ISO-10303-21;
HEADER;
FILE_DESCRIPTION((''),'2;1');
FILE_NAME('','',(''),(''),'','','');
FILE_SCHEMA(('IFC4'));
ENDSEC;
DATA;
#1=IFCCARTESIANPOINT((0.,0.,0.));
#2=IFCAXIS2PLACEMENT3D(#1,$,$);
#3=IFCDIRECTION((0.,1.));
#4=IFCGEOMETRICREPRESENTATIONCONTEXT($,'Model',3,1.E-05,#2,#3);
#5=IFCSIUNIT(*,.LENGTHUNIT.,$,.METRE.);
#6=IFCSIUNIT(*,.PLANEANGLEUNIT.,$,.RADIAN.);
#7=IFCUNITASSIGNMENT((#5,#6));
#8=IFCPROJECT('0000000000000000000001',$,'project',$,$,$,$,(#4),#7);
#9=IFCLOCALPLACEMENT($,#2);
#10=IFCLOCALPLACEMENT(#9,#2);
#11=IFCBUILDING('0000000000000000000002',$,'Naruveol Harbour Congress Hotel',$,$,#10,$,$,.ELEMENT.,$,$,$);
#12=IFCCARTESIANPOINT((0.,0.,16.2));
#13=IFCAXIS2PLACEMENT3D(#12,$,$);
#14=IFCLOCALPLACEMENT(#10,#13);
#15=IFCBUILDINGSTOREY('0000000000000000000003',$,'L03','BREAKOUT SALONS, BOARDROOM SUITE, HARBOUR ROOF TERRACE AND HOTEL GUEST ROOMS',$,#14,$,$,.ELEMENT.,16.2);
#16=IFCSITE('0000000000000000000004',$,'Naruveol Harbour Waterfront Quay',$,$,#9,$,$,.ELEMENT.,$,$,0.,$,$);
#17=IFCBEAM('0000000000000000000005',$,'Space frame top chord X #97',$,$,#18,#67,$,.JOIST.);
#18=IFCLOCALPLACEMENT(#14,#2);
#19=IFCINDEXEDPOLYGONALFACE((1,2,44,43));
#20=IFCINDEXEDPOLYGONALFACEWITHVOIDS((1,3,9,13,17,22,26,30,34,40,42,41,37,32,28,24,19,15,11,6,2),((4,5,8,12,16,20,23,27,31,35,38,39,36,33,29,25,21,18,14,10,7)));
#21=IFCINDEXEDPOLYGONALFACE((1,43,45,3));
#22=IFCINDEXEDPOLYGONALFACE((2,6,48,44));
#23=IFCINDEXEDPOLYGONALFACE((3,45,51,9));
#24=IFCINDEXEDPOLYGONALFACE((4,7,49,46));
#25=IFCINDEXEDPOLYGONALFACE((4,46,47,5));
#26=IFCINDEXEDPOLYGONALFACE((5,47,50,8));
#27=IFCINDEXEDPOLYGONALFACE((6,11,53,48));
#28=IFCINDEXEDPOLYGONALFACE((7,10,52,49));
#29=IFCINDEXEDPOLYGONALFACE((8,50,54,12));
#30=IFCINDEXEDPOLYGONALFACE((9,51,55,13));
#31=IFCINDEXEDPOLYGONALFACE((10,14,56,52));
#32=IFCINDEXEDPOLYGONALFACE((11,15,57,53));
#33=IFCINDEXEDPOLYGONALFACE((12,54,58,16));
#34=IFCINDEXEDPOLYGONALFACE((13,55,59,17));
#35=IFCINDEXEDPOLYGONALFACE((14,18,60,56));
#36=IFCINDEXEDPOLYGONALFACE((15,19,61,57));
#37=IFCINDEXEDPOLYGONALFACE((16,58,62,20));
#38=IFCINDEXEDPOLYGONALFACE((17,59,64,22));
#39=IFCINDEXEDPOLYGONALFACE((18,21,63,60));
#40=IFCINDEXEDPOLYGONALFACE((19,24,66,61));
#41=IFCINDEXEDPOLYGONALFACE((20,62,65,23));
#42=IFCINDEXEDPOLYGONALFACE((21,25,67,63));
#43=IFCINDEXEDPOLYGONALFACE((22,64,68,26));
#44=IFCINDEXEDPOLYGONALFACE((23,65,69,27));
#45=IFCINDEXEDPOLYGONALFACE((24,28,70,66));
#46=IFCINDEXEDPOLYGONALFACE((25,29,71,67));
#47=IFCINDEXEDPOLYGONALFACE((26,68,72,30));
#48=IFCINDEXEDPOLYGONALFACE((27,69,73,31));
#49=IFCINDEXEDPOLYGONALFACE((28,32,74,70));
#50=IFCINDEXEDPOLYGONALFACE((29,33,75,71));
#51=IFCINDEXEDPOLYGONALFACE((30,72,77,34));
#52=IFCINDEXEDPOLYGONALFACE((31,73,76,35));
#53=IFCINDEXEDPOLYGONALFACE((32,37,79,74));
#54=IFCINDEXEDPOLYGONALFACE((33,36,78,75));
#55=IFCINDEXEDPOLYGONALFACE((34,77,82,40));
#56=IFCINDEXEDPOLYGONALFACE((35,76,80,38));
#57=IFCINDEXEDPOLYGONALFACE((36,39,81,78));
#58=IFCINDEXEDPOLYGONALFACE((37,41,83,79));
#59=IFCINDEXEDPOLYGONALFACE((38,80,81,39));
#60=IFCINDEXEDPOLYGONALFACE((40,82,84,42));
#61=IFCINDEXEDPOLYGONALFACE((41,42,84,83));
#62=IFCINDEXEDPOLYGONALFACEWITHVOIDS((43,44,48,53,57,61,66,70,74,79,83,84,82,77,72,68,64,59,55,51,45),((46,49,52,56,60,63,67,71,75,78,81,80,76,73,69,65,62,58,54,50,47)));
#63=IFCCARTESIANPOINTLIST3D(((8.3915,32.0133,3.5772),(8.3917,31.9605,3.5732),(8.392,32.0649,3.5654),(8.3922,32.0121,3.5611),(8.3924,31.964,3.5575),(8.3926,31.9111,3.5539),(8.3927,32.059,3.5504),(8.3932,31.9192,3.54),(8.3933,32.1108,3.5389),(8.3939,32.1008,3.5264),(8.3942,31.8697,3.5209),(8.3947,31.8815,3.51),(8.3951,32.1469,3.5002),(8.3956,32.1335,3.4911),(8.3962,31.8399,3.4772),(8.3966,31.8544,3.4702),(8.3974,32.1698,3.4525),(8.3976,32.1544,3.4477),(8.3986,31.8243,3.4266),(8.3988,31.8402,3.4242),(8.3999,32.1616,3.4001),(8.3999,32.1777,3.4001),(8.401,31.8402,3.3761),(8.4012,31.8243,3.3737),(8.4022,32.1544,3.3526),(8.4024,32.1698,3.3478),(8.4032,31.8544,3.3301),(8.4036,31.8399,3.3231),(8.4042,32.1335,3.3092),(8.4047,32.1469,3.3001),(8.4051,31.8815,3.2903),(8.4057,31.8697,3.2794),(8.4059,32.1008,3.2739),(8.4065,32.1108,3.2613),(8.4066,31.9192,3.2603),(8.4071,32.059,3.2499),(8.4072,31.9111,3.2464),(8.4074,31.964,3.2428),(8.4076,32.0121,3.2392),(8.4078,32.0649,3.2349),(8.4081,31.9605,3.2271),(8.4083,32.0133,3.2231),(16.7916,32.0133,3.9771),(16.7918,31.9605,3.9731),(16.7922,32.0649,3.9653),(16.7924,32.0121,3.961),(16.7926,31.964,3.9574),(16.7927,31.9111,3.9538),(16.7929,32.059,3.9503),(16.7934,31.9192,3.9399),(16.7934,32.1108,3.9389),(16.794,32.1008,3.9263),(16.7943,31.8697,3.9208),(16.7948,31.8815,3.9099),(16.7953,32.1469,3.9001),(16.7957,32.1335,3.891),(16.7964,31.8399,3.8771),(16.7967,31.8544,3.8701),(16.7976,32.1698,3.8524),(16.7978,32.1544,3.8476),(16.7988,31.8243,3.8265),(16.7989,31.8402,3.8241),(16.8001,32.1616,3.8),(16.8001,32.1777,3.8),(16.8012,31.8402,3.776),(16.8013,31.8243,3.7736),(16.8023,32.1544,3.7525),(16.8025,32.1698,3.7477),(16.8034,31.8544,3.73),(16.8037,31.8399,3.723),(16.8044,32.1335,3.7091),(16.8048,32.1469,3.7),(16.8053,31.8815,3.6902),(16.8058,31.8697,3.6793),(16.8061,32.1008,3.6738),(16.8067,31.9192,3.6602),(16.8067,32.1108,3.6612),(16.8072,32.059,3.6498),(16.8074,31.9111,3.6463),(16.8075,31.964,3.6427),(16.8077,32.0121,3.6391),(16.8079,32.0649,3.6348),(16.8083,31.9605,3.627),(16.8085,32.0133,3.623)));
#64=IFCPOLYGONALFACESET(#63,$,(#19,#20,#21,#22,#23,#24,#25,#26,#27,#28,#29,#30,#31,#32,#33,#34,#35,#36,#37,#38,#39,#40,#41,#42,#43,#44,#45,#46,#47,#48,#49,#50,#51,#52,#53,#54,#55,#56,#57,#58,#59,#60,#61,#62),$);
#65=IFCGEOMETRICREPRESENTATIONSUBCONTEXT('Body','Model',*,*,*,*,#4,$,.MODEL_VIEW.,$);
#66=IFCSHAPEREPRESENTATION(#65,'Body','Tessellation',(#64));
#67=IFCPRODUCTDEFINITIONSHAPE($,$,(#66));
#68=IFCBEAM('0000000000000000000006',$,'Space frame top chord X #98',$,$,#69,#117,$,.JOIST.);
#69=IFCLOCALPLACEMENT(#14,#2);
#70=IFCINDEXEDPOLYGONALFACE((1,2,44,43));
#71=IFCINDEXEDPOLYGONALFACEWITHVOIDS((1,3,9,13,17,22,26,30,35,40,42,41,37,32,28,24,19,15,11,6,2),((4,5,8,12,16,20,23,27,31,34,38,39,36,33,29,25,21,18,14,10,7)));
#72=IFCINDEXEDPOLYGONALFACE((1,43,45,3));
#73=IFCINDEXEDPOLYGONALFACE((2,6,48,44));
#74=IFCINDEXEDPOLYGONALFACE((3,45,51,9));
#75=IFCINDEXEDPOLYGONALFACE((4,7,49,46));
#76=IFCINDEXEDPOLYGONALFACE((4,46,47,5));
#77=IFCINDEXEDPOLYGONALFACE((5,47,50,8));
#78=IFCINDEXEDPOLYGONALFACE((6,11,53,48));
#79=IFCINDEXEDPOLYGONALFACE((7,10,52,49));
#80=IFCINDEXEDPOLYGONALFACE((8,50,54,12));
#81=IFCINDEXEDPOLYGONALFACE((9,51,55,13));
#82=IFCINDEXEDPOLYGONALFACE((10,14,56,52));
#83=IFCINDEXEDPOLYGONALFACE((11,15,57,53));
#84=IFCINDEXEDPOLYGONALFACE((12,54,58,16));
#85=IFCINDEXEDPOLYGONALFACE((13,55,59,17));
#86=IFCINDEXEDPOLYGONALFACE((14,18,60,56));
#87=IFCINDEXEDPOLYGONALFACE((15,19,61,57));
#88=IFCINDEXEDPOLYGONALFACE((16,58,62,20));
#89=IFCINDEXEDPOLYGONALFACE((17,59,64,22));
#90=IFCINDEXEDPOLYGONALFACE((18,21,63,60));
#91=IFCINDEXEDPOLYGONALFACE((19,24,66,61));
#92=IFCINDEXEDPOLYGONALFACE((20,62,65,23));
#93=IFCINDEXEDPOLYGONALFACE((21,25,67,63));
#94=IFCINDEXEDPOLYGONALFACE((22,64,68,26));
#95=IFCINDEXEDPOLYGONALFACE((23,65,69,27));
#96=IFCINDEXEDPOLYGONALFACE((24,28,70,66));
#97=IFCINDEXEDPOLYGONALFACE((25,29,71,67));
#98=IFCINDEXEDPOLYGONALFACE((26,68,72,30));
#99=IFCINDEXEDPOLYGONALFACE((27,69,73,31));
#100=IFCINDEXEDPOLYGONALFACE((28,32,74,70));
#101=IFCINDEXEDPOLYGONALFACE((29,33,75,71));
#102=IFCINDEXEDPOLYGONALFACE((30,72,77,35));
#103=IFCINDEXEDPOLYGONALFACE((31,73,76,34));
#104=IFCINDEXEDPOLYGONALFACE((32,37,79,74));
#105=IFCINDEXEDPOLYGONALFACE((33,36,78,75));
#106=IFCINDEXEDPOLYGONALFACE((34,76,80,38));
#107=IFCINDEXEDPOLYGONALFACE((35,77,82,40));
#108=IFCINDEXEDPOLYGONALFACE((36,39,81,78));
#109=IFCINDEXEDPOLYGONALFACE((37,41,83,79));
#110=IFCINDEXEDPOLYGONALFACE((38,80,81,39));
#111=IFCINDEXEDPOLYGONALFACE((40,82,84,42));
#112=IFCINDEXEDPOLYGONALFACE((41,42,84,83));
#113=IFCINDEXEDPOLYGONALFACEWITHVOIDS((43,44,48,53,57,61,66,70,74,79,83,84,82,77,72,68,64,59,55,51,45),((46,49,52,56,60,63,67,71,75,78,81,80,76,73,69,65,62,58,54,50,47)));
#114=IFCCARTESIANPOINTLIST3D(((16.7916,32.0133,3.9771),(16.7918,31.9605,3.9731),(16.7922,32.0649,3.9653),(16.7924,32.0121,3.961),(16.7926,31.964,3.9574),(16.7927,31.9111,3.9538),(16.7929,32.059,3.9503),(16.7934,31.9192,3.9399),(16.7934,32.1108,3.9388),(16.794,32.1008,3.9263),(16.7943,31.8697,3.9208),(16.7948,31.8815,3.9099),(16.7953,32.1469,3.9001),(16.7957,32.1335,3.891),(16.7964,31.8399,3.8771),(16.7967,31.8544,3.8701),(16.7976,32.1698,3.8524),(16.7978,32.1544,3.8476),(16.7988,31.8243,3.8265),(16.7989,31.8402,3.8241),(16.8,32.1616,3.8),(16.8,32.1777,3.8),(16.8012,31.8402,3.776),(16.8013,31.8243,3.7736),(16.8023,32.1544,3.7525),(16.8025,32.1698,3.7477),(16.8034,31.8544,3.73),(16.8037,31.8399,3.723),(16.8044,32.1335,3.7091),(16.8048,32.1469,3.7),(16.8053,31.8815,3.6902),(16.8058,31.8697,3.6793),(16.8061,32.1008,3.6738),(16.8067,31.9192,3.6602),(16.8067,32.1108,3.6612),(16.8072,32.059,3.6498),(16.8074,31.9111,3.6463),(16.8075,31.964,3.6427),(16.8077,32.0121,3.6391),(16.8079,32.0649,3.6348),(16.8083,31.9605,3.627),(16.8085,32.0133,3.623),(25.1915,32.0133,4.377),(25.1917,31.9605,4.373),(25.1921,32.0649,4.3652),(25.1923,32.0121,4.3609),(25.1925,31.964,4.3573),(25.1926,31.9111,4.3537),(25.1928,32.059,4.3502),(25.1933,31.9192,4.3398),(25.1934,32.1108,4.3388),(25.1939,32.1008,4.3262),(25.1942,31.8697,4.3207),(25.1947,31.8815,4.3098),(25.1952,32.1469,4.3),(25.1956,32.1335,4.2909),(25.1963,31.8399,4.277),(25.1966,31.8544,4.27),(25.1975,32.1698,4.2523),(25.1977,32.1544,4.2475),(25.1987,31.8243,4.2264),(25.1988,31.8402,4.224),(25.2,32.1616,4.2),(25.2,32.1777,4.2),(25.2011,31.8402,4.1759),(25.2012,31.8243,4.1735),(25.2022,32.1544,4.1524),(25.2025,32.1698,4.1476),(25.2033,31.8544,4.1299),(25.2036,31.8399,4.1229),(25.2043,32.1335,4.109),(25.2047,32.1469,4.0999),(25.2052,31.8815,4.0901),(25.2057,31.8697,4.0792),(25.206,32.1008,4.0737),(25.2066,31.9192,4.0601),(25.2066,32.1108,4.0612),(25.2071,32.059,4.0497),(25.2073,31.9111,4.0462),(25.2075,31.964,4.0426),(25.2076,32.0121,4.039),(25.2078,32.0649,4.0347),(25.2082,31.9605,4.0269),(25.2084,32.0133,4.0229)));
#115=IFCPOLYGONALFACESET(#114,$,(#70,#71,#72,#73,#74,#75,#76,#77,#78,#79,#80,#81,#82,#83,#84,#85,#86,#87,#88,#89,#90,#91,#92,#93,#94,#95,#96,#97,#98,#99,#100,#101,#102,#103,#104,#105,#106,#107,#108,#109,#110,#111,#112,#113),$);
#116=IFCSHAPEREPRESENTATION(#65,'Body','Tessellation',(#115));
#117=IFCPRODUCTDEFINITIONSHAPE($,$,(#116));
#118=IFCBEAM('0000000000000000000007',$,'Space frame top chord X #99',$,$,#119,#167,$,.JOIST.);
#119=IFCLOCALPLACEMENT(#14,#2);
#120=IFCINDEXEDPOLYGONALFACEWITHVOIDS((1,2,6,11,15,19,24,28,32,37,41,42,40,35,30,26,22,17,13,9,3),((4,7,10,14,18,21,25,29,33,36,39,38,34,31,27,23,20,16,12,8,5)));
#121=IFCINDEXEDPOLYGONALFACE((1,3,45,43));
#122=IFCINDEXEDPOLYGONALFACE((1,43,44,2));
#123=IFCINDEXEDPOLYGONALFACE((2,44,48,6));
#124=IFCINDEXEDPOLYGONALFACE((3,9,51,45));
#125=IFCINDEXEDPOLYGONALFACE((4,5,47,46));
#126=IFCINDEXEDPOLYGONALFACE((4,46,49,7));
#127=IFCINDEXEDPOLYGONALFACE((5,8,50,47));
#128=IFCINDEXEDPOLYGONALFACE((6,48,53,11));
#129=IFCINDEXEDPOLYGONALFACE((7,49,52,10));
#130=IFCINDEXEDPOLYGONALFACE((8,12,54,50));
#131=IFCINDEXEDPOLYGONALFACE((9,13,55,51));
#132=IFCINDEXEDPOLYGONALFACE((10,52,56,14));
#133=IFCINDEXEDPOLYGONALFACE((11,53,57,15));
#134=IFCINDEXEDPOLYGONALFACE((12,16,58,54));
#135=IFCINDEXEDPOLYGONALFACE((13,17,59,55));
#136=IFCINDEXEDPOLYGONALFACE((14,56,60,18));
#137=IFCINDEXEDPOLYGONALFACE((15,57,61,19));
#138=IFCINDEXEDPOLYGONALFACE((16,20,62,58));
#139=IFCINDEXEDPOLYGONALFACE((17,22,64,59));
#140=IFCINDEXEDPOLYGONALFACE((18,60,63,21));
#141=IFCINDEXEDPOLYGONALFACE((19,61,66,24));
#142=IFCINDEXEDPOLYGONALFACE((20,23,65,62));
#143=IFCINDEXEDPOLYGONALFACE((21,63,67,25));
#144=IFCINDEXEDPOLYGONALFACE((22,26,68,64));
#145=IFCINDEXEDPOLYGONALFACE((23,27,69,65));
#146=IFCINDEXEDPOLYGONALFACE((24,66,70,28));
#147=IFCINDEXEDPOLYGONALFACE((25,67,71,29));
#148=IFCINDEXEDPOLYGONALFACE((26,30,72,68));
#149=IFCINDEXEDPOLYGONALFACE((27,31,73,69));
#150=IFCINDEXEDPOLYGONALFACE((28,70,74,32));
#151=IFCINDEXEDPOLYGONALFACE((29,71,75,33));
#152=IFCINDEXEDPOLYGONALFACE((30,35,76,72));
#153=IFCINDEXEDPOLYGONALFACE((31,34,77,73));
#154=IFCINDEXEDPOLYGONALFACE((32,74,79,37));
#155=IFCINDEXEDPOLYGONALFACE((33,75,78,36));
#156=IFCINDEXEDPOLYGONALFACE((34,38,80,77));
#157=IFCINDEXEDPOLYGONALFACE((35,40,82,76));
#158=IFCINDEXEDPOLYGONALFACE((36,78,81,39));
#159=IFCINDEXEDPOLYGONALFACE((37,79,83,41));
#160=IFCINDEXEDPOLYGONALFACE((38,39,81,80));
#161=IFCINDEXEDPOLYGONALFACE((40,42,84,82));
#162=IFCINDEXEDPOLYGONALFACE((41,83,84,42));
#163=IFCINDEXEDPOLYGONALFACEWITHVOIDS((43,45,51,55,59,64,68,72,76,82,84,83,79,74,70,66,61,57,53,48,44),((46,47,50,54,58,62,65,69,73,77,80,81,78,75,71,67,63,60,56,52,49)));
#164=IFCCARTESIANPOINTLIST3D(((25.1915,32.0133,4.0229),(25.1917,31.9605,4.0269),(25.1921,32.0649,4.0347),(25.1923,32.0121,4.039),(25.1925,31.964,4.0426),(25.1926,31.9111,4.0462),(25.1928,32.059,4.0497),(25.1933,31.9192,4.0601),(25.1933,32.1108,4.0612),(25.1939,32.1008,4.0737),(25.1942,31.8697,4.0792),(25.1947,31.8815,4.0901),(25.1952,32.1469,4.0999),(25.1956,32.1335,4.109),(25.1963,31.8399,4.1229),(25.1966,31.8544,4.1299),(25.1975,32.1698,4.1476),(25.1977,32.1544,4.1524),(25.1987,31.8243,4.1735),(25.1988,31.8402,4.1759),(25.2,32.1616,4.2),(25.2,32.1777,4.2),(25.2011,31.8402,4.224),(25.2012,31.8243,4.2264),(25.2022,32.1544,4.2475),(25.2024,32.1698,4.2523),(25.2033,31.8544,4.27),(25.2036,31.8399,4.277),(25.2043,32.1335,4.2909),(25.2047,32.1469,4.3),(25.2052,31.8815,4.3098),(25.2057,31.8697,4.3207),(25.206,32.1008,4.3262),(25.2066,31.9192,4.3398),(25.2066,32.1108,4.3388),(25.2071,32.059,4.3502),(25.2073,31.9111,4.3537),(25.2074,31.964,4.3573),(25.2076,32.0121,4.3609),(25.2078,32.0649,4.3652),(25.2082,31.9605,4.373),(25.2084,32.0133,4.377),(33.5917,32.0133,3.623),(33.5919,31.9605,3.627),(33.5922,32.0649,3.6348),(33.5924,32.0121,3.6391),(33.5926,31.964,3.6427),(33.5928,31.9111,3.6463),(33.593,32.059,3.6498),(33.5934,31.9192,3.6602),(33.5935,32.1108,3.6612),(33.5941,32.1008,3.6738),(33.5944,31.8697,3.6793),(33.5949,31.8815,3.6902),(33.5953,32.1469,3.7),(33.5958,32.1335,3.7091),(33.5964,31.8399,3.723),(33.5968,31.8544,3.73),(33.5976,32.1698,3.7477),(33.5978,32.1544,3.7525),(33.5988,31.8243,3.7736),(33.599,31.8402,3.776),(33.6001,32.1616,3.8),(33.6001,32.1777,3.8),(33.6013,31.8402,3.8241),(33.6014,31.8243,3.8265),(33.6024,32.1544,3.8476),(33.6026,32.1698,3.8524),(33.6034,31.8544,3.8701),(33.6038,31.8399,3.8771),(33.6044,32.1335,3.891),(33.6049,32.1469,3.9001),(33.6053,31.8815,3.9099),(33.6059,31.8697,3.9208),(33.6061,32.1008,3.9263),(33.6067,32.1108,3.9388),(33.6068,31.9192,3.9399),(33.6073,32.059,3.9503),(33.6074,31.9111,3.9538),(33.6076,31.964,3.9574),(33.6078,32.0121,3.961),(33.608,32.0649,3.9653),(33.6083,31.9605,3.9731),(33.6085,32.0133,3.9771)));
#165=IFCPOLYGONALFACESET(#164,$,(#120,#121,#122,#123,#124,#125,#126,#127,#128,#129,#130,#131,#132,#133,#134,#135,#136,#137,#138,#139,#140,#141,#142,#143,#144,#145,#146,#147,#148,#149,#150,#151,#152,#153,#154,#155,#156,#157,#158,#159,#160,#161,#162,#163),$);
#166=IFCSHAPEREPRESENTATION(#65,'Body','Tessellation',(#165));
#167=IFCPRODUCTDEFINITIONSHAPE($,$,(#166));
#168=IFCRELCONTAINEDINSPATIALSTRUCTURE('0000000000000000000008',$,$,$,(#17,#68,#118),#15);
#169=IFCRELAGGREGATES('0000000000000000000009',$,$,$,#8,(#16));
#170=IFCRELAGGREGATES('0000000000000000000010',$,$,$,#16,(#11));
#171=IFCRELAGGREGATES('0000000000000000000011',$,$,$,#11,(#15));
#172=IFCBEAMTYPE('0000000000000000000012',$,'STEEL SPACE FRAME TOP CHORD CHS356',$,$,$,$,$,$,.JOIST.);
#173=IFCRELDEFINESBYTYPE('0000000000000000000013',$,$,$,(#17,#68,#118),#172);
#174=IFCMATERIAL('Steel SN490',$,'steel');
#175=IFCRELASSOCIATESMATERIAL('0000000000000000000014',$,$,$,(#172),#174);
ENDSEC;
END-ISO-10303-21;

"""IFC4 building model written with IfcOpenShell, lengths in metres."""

from ifc_helpers import new_model, si_unit, direction, frame, origin, origin_2d, place, context, subcontext, project, spatial, hollow_circle, extrude, material, material_profile, profile_set, type_object, element, save


model = new_model("IFC4")

# Units and contexts
model_context = context("Model", 3, precision=1e-05, world=origin(), true_north=direction((0.0, 1.0)))
body_context = subcontext(model_context, "Body", "Model", "MODEL_VIEW")
ifc_project = project(units=[si_unit("LENGTHUNIT", "METRE"), si_unit("PLANEANGLEUNIT", "RADIAN")], contexts=[model_context])

# Site, building, storey
site_placement = place(None, origin())
site = spatial("IfcSite", under=ifc_project, at=site_placement, Name="Naruveol Harbour Waterfront Quay", CompositionType="ELEMENT", RefElevation=0.0)
building_placement = place(site_placement, origin())
building = spatial("IfcBuilding", under=site, at=building_placement, Name="Naruveol Harbour Congress Hotel", CompositionType="ELEMENT")
storey_placement = place(building_placement, frame((0.0, 0.0, 16.2)))
storey = spatial("IfcBuildingStorey", under=building, at=storey_placement, Name="L03", Description="BREAKOUT SALONS, BOARDROOM SUITE, HARBOUR ROOF TERRACE AND HOTEL GUEST ROOMS", CompositionType="ELEMENT", Elevation=16.2)

# Beams
ifc_material_1 = material(Name="Steel SN490", Category="steel")
ifc_material_profile_1 = material_profile(ifc_material_1, hollow_circle(Radius=0.1777, WallThickness=0.0161, at=origin_2d()), Name="CHS-355.6x16")
ifc_profile_set_1 = profile_set([ifc_material_profile_1], Name="Steel SN490")
beam_type_1 = type_object("IfcBeamType", Name="STEEL SPACE FRAME TOP CHORD CHS356", PredefinedType="JOIST", material=ifc_profile_set_1)
beam_1_placement = place(storey_placement, frame((8.3999, 32.0, 3.4001), z_axis=(0.998869, 0.0, 0.047553), x_axis=(0.0, 1.0, 0.0)))
element("IfcBeam", 1, at=beam_1_placement, inside=storey, type_object=beam_type_1, Name="Space frame top chord X #97", PredefinedType="JOIST", context=body_context, shape_type="SweptSolid", body=[
    extrude(hollow_circle(Radius=0.1777, WallThickness=0.0161, at=origin_2d()), origin(), (0.0, 0.0, 1.0), 8.4097),
])
beam_2_placement = place(storey_placement, frame((16.8, 32.0, 3.8), z_axis=(0.998869, 0.0, 0.047554), x_axis=(0.0, 1.0, 0.0)))
element("IfcBeam", 2, at=beam_2_placement, inside=storey, type_object=beam_type_1, Name="Space frame top chord X #98", PredefinedType="JOIST", context=body_context, shape_type="SweptSolid", body=[
    extrude(hollow_circle(Radius=0.1777, WallThickness=0.0161, at=origin_2d()), origin(), (0.0, 0.0, 1.0), 8.4094),
])
beam_3_placement = place(storey_placement, frame((25.2, 32.0, 4.2), z_axis=(0.998869, 0.0, -0.047553), x_axis=(0.0, 1.0, 0.0)))
element("IfcBeam", 3, at=beam_3_placement, inside=storey, type_object=beam_type_1, Name="Space frame top chord X #99", PredefinedType="JOIST", context=body_context, shape_type="SweptSolid", body=[
    extrude(hollow_circle(Radius=0.1777, WallThickness=0.0161, at=origin_2d()), origin(), (0.0, 0.0, 1.0), 8.4097),
])

save(model, "model.ifc")
